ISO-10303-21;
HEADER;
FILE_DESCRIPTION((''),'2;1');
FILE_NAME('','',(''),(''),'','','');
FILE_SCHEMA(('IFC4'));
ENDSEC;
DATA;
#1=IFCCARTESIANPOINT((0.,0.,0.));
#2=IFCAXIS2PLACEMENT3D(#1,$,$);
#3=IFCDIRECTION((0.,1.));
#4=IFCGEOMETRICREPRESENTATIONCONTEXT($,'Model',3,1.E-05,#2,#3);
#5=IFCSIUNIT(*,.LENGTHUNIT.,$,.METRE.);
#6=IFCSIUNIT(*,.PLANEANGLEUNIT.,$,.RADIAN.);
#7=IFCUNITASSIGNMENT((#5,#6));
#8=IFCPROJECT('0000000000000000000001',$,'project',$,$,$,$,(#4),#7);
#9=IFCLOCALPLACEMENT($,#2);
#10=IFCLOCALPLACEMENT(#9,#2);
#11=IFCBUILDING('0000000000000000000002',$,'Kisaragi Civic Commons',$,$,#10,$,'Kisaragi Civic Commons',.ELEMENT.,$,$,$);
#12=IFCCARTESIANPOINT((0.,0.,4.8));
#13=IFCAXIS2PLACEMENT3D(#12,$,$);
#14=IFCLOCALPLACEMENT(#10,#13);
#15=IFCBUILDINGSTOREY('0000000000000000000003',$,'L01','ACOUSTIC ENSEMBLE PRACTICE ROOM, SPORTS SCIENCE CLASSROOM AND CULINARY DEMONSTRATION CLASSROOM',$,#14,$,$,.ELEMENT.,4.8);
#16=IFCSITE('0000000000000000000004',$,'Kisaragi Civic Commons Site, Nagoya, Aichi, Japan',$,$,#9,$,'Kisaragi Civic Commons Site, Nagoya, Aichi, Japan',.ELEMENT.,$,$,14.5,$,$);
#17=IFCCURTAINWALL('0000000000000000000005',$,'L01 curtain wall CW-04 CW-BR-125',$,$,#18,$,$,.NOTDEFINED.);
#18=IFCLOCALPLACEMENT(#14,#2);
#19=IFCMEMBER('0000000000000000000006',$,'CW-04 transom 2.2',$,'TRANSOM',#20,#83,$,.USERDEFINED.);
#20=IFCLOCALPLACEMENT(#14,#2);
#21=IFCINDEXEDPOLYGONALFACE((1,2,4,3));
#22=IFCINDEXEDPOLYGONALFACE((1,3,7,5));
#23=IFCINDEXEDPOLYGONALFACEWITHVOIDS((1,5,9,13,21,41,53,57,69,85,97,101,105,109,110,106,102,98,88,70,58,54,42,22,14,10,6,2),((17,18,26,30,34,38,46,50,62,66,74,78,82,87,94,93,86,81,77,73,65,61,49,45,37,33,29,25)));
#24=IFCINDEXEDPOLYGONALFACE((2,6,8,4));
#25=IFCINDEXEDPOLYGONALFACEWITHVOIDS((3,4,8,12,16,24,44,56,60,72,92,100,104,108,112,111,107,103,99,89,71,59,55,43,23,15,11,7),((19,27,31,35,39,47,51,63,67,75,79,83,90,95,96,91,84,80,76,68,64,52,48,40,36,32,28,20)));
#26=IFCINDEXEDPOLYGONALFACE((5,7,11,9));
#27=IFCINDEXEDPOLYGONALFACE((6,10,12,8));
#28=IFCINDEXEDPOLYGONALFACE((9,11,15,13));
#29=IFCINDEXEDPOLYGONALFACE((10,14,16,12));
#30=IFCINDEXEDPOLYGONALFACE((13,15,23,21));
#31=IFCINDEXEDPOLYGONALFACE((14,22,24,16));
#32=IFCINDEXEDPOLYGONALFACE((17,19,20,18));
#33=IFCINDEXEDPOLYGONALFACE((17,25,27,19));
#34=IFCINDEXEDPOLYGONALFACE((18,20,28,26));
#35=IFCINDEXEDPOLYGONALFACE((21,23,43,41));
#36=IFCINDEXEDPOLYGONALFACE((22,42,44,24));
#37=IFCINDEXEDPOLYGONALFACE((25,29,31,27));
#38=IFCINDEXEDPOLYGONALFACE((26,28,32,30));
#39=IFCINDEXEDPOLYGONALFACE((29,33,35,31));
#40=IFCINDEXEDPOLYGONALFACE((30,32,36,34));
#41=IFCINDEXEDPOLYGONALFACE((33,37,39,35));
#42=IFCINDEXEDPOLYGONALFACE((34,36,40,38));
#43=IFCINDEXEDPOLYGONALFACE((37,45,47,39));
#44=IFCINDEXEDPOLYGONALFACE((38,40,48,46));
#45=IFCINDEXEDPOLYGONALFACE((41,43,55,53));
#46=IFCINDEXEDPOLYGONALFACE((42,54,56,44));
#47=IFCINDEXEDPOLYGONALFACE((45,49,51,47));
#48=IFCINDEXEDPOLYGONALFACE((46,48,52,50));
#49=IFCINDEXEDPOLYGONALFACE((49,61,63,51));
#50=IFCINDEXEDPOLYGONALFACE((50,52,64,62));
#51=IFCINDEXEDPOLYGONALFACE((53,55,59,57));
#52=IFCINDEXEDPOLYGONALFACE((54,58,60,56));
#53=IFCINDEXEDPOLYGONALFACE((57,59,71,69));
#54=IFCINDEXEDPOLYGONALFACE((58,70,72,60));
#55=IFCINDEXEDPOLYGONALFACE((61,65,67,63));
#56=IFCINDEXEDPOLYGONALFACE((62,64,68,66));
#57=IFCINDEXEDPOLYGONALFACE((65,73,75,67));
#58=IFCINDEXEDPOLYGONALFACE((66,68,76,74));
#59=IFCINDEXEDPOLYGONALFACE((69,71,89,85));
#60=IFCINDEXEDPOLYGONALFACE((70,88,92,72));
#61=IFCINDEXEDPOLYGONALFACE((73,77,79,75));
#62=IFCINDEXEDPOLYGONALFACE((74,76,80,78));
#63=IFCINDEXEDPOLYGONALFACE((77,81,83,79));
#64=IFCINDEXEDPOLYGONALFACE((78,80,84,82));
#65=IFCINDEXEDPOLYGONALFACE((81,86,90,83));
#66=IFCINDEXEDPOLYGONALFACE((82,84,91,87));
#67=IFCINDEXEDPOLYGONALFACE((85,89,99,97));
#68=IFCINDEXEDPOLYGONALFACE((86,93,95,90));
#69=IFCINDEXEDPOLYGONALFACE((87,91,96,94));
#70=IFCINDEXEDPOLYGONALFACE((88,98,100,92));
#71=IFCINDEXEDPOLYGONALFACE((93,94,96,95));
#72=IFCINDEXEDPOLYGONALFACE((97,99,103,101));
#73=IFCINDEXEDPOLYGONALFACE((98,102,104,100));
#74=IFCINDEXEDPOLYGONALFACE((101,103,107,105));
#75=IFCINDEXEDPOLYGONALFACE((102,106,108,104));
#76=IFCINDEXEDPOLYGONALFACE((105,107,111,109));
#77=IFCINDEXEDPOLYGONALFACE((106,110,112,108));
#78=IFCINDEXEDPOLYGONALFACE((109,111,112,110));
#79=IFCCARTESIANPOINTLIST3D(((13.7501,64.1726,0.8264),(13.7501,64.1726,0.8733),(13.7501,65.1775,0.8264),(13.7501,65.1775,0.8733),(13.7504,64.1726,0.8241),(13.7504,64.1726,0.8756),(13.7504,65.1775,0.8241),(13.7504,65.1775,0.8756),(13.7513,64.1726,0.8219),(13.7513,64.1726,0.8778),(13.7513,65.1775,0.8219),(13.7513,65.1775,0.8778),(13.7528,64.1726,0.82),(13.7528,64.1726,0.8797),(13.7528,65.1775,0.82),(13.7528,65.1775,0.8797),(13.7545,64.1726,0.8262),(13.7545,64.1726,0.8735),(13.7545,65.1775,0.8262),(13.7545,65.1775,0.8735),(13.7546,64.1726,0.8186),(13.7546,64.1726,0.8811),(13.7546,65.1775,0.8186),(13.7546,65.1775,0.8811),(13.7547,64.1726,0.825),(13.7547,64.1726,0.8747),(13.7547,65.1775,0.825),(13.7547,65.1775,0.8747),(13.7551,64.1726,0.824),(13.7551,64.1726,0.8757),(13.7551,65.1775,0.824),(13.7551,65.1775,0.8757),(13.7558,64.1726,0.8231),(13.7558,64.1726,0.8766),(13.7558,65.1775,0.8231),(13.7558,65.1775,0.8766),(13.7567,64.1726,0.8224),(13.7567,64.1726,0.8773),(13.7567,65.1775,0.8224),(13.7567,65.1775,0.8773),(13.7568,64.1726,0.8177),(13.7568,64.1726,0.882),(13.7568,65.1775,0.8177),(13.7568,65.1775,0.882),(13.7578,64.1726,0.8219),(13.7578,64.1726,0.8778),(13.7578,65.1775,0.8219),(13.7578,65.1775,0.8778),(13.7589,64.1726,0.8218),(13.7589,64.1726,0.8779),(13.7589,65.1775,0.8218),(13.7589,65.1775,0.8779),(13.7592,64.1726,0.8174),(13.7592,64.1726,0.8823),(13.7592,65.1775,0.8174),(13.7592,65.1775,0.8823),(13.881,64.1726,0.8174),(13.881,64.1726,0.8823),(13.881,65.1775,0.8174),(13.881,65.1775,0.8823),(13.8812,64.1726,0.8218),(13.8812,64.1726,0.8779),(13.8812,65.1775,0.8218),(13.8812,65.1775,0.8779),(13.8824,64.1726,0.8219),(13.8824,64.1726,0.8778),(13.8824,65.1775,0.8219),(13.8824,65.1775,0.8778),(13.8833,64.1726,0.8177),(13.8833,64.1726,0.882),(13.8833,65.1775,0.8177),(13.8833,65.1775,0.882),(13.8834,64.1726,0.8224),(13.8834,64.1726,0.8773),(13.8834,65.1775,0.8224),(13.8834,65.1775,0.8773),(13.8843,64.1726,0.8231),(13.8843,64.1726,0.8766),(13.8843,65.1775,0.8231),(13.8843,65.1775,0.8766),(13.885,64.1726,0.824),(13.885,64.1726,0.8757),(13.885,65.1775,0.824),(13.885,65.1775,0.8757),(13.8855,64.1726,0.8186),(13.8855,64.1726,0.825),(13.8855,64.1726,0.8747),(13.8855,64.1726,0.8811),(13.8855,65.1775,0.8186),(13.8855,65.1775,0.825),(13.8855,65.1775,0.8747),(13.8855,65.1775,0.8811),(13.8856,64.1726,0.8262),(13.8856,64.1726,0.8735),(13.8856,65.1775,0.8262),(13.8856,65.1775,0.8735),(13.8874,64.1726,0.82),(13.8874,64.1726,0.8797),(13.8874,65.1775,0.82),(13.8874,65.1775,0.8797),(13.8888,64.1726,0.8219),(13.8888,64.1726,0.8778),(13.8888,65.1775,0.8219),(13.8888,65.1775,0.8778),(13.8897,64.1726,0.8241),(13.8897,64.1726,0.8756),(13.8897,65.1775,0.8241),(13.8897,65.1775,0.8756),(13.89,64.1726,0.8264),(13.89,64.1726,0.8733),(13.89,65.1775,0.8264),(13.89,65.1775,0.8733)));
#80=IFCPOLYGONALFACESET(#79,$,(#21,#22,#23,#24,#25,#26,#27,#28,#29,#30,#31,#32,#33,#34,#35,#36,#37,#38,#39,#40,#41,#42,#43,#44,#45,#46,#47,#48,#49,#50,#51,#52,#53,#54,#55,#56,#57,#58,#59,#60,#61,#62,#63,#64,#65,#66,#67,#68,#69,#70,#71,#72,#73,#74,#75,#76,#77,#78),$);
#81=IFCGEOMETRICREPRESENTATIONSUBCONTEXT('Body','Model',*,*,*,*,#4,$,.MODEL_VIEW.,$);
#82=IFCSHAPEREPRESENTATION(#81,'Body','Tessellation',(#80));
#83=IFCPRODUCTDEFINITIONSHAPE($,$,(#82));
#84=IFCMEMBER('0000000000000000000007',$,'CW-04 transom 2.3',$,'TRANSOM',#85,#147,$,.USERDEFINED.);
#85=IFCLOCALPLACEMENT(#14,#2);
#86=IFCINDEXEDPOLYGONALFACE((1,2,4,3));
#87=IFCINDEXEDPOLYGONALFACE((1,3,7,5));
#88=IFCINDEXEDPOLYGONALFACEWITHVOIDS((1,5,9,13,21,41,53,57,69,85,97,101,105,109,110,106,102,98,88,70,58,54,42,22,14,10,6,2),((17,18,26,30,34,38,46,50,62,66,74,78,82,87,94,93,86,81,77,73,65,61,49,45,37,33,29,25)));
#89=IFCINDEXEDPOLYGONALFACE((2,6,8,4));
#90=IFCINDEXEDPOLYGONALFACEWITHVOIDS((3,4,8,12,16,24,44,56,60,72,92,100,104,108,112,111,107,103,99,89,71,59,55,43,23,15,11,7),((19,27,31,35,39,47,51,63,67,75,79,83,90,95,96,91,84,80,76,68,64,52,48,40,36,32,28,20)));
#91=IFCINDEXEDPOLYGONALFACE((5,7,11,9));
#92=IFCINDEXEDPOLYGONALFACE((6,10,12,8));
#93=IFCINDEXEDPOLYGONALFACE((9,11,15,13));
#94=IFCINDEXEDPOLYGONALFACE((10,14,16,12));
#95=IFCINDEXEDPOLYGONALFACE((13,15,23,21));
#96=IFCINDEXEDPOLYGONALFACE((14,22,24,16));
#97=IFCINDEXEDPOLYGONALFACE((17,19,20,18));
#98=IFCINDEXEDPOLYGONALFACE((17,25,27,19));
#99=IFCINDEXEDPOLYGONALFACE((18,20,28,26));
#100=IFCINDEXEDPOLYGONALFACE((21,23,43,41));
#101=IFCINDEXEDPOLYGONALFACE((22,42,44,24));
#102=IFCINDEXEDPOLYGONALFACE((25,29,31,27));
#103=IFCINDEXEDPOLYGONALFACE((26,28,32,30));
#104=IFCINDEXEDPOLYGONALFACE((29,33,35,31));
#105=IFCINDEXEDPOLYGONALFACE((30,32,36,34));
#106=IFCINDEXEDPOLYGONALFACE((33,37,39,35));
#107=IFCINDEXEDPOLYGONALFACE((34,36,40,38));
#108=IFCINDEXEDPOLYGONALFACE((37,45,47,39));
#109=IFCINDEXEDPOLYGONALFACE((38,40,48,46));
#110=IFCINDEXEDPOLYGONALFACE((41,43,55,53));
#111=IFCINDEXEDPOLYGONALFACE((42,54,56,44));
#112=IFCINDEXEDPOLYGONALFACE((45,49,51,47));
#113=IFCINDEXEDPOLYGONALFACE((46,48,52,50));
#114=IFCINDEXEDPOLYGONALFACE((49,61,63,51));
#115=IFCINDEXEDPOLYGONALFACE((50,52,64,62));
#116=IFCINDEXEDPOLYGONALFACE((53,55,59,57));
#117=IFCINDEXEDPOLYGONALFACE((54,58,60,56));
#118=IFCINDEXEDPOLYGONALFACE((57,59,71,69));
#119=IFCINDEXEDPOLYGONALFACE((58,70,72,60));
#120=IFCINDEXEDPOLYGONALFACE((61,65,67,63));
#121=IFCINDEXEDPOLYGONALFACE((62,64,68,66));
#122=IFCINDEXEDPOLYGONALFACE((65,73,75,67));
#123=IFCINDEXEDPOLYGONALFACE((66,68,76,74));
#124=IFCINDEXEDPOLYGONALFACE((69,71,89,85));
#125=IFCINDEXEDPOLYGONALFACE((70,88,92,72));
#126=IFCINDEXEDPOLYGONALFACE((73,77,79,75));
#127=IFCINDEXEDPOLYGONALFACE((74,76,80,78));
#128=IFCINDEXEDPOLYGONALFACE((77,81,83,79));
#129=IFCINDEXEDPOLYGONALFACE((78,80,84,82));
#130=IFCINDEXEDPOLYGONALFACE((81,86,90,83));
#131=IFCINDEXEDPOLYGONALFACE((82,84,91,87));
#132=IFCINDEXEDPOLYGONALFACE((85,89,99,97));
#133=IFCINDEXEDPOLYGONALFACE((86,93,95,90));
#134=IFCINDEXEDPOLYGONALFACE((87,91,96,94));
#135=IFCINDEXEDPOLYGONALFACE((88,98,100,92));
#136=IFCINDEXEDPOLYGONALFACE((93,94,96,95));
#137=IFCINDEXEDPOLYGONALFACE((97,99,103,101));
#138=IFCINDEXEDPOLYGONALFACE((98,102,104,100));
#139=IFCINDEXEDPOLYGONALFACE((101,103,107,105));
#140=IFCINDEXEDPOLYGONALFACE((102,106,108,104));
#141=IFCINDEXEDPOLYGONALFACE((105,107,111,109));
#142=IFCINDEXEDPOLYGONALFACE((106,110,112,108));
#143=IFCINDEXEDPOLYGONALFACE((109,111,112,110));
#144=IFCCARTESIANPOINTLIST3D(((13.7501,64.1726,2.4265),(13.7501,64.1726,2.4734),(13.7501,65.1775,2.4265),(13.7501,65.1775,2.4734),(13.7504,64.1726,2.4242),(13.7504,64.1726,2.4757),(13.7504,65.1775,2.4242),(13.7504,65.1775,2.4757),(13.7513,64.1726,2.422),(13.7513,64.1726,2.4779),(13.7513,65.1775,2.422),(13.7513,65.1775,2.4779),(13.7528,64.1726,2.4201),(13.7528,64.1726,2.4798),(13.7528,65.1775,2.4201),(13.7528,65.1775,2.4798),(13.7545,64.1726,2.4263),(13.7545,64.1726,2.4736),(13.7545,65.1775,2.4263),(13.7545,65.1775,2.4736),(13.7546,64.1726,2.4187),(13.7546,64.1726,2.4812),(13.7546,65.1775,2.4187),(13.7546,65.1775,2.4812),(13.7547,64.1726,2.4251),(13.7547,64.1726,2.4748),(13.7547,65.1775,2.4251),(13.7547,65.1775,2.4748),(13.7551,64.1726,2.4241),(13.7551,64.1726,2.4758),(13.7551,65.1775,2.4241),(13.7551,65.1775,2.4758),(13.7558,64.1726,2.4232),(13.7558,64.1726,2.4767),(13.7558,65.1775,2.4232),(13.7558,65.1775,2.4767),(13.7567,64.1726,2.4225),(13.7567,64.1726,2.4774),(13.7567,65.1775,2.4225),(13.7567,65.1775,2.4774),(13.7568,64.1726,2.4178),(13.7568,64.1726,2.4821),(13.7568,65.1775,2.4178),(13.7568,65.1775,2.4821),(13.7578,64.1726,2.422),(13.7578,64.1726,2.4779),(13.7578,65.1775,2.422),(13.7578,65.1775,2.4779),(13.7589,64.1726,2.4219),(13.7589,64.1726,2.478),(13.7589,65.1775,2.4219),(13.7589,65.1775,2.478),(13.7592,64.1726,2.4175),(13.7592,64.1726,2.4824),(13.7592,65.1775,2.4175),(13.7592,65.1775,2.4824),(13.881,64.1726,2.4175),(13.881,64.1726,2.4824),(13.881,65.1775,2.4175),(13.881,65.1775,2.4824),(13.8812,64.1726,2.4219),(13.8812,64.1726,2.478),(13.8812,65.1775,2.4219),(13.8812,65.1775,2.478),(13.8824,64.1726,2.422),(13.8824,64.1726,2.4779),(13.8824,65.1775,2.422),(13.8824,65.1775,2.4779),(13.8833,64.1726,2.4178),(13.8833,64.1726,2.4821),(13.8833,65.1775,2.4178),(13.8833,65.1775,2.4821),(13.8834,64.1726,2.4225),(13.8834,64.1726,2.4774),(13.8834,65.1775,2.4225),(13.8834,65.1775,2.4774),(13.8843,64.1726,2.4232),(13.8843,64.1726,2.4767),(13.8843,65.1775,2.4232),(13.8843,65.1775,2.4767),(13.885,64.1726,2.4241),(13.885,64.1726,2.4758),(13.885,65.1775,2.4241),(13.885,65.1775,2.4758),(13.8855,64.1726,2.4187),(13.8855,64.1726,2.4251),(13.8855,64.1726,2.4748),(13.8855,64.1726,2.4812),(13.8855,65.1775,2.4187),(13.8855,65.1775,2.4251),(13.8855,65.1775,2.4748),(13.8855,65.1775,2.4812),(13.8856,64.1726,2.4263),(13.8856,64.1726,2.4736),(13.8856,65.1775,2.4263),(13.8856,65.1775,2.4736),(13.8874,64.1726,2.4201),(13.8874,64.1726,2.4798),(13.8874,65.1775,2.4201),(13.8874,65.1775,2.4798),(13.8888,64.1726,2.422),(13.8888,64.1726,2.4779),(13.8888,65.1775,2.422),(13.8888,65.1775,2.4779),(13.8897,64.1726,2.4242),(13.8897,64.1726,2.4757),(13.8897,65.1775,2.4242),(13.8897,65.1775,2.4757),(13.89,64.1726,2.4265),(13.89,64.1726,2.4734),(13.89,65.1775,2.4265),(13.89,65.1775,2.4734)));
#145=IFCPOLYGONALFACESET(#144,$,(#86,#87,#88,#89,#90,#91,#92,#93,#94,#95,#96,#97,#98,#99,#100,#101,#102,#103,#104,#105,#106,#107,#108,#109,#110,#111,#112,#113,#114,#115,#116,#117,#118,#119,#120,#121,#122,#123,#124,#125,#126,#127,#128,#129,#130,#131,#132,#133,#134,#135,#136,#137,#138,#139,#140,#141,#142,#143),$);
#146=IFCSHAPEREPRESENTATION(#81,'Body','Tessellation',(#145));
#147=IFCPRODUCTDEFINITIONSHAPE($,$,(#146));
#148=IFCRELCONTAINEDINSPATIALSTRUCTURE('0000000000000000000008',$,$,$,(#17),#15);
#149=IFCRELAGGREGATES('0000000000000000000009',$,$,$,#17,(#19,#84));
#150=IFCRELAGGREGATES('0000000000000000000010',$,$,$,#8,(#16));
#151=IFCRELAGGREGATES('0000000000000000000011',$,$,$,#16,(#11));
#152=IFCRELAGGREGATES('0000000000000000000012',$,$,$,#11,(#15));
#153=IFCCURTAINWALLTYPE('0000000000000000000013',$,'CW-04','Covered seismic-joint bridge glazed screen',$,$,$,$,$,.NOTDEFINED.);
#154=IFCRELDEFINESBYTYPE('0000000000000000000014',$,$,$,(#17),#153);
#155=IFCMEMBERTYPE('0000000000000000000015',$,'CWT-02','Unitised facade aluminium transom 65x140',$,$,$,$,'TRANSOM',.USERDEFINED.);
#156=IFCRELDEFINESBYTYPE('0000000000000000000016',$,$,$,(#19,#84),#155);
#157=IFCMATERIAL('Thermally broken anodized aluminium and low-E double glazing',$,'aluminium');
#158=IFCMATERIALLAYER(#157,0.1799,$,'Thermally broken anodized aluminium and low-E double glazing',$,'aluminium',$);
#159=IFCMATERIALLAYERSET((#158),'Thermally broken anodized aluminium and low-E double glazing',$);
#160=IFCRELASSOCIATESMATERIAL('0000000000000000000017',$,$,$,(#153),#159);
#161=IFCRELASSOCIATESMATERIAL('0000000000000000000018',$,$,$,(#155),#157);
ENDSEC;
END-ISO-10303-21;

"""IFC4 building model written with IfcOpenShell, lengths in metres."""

from ifc_helpers import new_model, si_unit, direction, frame, origin, origin_2d, place, context, subcontext, project, spatial, hollow_rectangle, extrude, material, layer, layer_set, material_profile, profile_set, type_object, element, aggregate, save


model = new_model("IFC4")

# Units and contexts
model_context = context("Model", 3, precision=1e-05, world=origin(), true_north=direction((0.0, 1.0)))
body_context = subcontext(model_context, "Body", "Model", "MODEL_VIEW")
ifc_project = project(units=[si_unit("LENGTHUNIT", "METRE"), si_unit("PLANEANGLEUNIT", "RADIAN")], contexts=[model_context])

# Site, building, storey
site_placement = place(None, origin())
site = spatial("IfcSite", under=ifc_project, at=site_placement, Name="Kisaragi Civic Commons Site, Nagoya, Aichi, Japan", LongName="Kisaragi Civic Commons Site, Nagoya, Aichi, Japan", CompositionType="ELEMENT", RefElevation=14.5)
building_placement = place(site_placement, origin())
building = spatial("IfcBuilding", under=site, at=building_placement, Name="Kisaragi Civic Commons", LongName="Kisaragi Civic Commons", CompositionType="ELEMENT")
storey_placement = place(building_placement, frame((0.0, 0.0, 4.8)))
storey = spatial("IfcBuildingStorey", under=building, at=storey_placement, Name="L01", Description="ACOUSTIC ENSEMBLE PRACTICE ROOM, SPORTS SCIENCE CLASSROOM AND CULINARY DEMONSTRATION CLASSROOM", CompositionType="ELEMENT", Elevation=4.8)

# Curtain wall, members
ifc_material_1 = material(Name="Thermally broken anodized aluminium and low-E double glazing", Category="aluminium")
ifc_layer_1 = layer(ifc_material_1, 0.1799, Name="Thermally broken anodized aluminium and low-E double glazing", Category="aluminium")
ifc_layer_set_1 = layer_set([ifc_layer_1], Name="Thermally broken anodized aluminium and low-E double glazing")
curtain_wall_type = type_object("IfcCurtainWallType", Name="CW-04", Description="Covered seismic-joint bridge glazed screen", PredefinedType="NOTDEFINED", material=ifc_layer_set_1)
curtain_wall_placement = place(storey_placement, origin())
curtain_wall = element("IfcCurtainWall", 1, at=curtain_wall_placement, inside=storey, type_object=curtain_wall_type, Name="L01 curtain wall CW-04 CW-BR-125", PredefinedType="NOTDEFINED")
ifc_material_profile_1 = material_profile(ifc_material_1, hollow_rectangle(XDim=0.1399, YDim=0.0649, WallThickness=0.0044, InnerFilletRadius=0.0044, OuterFilletRadius=0.009, at=origin_2d()), Name="CWT-65x140x4.5", Category="aluminium")
ifc_profile_set_1 = profile_set([ifc_material_profile_1], Name="Thermally broken anodized aluminium and low-E double glazing")
member_type_1 = type_object("IfcMemberType", Name="CWT-02", Description="Unitised facade aluminium transom 65x140", ElementType="TRANSOM", PredefinedType="USERDEFINED", material=ifc_profile_set_1)
member_1_placement = place(storey_placement, frame((13.8201, 64.1726, 0.8499), z_axis=(0.0, 1.0, 0.0), x_axis=(-1.0, 0.0, 0.0)))
member_1 = element("IfcMember", 2, at=member_1_placement, type_object=member_type_1, Name="CW-04 transom 2.2", ObjectType="TRANSOM", PredefinedType="USERDEFINED", context=body_context, shape_type="SweptSolid", body=[
    extrude(hollow_rectangle(XDim=0.1399, YDim=0.0649, WallThickness=0.0044, InnerFilletRadius=0.0044, OuterFilletRadius=0.009, at=origin_2d()), origin(), (0.0, 0.0, 1.0), 1.0049),
])
member_2_placement = place(storey_placement, frame((13.8201, 64.1726, 2.45), z_axis=(0.0, 1.0, 0.0), x_axis=(-1.0, 0.0, 0.0)))
member_2 = element("IfcMember", 3, at=member_2_placement, type_object=member_type_1, Name="CW-04 transom 2.3", ObjectType="TRANSOM", PredefinedType="USERDEFINED", context=body_context, shape_type="SweptSolid", body=[
    extrude(hollow_rectangle(XDim=0.1399, YDim=0.0649, WallThickness=0.0044, InnerFilletRadius=0.0044, OuterFilletRadius=0.009, at=origin_2d()), origin(), (0.0, 0.0, 1.0), 1.0049),
])
aggregate(curtain_wall, [member_1, member_2])

save(model, "model.ifc")
